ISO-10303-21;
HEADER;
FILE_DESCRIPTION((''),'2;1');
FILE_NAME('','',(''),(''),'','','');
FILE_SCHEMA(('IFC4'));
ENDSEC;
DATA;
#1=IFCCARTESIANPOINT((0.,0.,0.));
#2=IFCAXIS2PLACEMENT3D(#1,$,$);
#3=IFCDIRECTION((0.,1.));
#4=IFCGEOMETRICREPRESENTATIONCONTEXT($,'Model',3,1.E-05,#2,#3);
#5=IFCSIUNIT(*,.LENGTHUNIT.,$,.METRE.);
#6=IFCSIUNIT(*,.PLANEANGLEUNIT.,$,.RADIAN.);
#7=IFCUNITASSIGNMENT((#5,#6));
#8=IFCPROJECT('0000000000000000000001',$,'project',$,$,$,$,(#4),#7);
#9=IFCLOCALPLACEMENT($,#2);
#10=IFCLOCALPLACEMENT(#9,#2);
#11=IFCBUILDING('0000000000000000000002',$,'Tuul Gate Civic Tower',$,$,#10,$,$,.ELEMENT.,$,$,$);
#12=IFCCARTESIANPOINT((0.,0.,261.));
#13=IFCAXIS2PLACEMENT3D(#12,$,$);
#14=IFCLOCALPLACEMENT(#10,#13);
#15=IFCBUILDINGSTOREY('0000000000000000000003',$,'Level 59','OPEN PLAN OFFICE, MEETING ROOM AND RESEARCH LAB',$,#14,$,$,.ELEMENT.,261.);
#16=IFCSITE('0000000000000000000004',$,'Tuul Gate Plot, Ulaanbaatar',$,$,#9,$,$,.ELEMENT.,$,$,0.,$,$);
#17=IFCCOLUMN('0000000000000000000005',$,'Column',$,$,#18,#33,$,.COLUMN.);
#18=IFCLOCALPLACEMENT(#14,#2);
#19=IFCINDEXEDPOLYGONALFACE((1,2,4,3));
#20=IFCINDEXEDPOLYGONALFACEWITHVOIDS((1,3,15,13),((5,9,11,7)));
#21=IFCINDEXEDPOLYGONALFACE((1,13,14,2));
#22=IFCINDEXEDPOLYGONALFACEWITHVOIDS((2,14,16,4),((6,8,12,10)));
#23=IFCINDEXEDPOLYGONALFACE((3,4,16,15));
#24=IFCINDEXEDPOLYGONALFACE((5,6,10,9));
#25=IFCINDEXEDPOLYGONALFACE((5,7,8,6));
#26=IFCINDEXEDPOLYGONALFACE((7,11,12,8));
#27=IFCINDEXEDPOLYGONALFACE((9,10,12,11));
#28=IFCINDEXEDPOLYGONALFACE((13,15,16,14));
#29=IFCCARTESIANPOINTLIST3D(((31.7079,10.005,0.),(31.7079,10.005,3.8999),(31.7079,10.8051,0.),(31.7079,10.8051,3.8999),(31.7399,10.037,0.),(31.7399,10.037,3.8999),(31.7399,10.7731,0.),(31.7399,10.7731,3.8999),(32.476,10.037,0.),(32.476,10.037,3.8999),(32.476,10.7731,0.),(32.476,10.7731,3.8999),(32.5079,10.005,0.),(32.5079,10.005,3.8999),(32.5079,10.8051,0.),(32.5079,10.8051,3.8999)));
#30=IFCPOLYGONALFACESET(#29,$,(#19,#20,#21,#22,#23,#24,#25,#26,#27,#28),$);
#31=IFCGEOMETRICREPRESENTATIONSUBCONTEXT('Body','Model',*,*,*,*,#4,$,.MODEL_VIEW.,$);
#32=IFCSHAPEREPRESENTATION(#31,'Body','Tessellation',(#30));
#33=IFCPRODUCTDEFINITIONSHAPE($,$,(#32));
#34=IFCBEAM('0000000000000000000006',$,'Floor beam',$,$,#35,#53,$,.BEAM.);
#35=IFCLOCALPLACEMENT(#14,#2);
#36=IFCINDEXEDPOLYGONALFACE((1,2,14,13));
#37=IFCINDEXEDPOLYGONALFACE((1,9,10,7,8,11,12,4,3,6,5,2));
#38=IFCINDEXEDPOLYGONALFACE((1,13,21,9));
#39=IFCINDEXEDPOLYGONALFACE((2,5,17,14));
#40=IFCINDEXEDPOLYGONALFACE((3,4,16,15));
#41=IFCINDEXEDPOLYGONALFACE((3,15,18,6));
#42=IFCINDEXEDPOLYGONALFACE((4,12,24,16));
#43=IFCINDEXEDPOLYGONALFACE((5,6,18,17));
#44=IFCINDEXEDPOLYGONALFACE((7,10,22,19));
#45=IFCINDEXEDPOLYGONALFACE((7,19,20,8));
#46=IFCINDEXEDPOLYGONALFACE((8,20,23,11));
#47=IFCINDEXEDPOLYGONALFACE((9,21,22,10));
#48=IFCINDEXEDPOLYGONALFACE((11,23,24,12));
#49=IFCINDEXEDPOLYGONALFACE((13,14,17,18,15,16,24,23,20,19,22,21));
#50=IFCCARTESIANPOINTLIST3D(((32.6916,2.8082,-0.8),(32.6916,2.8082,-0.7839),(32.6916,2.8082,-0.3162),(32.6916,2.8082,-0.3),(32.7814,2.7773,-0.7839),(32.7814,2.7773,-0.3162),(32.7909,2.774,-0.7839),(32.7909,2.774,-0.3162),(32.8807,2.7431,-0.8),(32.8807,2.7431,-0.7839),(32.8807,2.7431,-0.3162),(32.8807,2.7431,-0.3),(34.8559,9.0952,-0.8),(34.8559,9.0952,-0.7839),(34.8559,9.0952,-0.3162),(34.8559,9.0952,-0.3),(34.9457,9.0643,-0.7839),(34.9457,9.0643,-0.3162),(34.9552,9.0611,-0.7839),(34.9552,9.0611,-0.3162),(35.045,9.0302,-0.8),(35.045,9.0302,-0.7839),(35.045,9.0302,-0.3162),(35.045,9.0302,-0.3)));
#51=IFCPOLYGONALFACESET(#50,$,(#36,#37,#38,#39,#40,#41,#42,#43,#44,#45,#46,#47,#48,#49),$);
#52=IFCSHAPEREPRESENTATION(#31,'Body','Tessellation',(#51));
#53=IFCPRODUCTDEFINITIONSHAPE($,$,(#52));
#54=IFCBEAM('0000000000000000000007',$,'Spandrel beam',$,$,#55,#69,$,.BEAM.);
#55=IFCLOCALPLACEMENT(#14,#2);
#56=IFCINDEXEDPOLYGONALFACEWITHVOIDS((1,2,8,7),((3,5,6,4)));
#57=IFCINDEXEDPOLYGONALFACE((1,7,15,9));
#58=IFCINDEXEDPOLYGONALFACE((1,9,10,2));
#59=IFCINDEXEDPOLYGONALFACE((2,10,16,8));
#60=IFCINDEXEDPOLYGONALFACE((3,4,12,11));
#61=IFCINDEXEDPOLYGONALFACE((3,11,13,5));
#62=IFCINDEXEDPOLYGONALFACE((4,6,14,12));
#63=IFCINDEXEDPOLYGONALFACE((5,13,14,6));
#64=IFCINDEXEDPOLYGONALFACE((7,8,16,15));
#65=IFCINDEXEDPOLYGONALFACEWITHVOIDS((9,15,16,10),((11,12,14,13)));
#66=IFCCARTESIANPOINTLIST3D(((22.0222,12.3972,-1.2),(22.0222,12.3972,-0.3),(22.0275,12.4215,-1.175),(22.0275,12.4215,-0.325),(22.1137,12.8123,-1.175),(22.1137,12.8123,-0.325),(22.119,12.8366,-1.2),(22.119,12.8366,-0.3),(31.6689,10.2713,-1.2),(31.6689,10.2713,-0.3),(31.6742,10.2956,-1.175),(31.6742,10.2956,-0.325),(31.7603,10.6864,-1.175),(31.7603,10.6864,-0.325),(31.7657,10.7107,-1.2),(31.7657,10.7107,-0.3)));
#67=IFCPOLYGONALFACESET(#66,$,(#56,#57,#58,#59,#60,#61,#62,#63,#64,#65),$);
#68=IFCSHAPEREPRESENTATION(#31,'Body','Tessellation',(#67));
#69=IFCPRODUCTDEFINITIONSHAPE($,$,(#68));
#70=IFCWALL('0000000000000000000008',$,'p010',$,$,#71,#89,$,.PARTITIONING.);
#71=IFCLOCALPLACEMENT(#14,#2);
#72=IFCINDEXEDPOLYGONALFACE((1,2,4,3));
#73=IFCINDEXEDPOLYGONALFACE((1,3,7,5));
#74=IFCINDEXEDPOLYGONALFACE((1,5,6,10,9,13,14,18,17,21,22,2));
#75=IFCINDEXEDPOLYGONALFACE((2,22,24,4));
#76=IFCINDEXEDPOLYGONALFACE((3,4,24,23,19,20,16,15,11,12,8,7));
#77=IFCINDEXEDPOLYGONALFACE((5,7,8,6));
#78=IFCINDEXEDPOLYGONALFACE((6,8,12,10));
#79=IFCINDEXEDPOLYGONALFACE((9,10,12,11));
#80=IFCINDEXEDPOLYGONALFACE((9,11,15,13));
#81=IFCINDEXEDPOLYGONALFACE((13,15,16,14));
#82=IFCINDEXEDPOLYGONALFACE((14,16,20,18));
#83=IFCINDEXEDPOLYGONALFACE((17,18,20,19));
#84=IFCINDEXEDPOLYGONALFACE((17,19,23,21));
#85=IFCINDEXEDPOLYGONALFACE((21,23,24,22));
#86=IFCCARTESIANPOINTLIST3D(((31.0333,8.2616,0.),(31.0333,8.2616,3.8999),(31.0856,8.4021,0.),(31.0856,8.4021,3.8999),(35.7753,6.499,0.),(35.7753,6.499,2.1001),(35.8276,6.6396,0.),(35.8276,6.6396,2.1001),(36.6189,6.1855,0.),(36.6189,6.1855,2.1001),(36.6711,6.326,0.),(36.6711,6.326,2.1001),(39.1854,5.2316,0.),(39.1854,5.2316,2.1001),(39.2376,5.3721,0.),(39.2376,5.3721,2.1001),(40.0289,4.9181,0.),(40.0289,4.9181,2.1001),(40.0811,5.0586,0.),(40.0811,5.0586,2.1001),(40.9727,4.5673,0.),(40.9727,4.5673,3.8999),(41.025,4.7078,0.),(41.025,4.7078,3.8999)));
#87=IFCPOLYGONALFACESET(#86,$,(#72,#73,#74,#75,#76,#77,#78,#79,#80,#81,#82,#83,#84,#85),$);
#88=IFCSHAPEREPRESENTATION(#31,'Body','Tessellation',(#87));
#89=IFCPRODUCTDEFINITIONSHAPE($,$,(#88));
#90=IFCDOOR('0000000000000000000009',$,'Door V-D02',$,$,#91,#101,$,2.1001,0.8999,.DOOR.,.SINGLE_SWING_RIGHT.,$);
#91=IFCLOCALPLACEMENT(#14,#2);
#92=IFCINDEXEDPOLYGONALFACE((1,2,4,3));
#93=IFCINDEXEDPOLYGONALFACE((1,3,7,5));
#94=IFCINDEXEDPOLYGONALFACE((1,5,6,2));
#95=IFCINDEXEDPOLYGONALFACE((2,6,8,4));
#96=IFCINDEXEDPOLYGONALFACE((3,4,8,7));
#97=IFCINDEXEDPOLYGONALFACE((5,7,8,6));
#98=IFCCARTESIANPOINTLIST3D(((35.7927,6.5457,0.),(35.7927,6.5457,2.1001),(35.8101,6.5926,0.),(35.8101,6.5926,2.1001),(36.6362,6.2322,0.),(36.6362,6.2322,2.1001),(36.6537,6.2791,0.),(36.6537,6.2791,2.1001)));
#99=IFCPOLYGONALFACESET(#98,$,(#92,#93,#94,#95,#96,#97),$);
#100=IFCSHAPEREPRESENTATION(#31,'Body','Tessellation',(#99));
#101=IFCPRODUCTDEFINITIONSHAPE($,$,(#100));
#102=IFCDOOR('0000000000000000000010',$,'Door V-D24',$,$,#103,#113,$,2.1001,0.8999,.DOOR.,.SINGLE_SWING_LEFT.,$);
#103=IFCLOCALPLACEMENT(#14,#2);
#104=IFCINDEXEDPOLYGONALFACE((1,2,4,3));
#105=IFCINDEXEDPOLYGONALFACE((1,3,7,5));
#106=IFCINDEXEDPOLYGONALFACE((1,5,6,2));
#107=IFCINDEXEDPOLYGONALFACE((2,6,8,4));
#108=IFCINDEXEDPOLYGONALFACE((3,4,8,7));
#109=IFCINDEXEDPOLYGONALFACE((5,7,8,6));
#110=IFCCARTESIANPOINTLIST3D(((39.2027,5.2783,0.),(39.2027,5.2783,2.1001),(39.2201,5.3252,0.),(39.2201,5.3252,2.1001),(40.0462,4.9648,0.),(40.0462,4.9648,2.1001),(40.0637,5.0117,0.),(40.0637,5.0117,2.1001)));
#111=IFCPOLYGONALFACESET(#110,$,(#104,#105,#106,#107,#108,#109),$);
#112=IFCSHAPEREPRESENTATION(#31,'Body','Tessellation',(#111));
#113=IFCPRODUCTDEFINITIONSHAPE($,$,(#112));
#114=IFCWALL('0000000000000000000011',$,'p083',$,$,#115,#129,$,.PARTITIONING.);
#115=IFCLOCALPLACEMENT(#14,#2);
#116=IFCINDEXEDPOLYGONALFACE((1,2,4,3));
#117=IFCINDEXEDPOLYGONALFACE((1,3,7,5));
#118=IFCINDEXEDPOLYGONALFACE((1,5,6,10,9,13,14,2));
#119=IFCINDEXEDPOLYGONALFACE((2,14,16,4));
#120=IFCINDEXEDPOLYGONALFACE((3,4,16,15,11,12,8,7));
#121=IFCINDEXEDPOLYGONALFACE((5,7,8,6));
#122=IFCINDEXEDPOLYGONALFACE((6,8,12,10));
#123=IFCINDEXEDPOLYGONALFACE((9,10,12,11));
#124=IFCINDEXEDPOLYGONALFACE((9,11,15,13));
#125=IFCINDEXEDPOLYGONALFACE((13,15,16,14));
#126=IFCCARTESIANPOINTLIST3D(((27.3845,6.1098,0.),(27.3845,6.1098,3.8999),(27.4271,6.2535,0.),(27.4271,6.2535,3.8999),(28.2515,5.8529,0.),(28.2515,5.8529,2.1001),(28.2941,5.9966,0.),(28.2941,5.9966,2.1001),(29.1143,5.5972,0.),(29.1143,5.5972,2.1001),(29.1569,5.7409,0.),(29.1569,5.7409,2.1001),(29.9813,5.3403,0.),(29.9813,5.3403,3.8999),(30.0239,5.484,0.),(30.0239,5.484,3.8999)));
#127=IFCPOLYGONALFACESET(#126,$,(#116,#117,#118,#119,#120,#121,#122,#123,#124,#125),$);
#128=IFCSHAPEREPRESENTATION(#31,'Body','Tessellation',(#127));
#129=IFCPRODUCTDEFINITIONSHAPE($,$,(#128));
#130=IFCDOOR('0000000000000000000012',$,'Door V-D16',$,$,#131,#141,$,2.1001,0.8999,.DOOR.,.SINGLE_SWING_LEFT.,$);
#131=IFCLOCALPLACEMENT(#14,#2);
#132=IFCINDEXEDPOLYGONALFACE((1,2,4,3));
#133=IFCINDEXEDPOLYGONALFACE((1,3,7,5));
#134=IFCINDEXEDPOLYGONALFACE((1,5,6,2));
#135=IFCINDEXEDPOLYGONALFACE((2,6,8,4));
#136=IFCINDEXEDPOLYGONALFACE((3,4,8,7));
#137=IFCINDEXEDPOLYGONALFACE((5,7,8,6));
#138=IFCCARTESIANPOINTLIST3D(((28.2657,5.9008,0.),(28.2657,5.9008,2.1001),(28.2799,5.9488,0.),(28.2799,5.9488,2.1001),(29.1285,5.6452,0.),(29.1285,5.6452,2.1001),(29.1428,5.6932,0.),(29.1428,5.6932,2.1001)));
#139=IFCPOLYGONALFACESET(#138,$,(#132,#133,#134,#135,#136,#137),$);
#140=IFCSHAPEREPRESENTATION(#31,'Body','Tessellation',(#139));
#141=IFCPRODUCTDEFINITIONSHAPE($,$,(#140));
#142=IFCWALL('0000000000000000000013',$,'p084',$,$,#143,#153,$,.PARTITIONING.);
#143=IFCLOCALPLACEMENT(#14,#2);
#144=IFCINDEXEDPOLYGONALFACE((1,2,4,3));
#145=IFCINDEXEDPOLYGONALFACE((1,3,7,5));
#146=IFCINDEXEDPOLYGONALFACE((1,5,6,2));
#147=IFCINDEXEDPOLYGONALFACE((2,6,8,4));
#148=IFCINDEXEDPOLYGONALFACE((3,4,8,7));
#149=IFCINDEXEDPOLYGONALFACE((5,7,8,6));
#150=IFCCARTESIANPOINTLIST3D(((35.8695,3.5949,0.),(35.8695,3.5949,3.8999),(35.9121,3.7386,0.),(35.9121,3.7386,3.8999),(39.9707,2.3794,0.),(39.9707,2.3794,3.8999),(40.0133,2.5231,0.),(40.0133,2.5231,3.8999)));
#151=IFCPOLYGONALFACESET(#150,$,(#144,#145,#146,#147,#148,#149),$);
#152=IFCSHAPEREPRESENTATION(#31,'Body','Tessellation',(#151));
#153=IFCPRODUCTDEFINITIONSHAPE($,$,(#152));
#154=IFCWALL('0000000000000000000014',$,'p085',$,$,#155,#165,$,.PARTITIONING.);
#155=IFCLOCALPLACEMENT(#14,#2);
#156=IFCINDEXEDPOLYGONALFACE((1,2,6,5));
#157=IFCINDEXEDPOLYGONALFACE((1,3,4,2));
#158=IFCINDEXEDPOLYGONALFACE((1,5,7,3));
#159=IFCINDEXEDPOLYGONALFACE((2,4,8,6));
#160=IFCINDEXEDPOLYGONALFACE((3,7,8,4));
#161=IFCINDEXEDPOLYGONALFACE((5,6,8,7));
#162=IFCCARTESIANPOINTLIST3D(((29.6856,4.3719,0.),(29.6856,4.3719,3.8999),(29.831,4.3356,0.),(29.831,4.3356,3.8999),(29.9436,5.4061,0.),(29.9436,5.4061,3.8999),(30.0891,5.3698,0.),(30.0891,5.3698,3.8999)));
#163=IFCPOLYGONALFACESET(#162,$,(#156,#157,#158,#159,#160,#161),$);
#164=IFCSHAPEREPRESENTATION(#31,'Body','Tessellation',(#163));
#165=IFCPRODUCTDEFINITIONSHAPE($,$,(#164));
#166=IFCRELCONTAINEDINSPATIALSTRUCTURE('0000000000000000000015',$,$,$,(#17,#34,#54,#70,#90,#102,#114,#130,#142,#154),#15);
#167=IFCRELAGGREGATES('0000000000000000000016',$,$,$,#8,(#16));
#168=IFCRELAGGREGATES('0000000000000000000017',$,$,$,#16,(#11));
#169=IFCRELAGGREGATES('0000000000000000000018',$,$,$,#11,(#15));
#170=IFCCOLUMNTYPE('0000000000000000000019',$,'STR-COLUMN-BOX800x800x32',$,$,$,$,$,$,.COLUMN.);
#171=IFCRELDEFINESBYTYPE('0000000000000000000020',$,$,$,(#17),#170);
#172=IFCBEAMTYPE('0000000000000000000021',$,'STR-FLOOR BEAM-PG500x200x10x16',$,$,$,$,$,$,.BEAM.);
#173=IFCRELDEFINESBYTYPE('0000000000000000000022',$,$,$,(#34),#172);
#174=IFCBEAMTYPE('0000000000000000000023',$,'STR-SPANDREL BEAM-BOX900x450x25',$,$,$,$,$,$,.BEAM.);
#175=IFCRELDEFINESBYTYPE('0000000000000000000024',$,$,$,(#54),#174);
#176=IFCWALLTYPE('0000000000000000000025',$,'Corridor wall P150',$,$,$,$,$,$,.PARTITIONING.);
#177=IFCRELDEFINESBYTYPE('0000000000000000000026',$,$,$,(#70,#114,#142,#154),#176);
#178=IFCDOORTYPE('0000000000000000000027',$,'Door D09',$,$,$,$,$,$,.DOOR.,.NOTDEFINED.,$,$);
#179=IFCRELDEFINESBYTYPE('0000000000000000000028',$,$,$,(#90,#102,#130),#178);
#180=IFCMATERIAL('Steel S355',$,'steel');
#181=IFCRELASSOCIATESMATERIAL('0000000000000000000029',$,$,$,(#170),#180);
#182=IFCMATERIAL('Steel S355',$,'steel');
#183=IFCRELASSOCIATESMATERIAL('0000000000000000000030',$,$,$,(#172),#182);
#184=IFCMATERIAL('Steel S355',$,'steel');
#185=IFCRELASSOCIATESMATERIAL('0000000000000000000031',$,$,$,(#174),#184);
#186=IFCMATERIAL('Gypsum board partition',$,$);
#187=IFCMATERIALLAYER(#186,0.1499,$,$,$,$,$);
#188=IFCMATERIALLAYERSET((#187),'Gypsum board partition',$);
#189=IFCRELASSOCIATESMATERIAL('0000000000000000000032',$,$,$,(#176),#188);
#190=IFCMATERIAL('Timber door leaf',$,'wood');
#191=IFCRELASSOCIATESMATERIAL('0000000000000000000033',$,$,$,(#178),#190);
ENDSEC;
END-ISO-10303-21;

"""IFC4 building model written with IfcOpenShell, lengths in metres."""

from ifc_helpers import new_model, si_unit, direction, frame, frame_2d, origin, origin_2d, place, context, subcontext, project, spatial, rectangle, hollow_rectangle, i_section, extrude, material, layer, layer_set, material_profile, profile_set, type_object, element, fill, save


model = new_model("IFC4")

# Units and contexts
model_context = context("Model", 3, precision=1e-05, world=origin(), true_north=direction((0.0, 1.0)))
body_context = subcontext(model_context, "Body", "Model", "MODEL_VIEW")
ifc_project = project(units=[si_unit("LENGTHUNIT", "METRE"), si_unit("PLANEANGLEUNIT", "RADIAN")], contexts=[model_context])

# Site, building, storey
site_placement = place(None, origin())
site = spatial("IfcSite", under=ifc_project, at=site_placement, Name="Tuul Gate Plot, Ulaanbaatar", CompositionType="ELEMENT", RefElevation=0.0)
building_placement = place(site_placement, origin())
building = spatial("IfcBuilding", under=site, at=building_placement, Name="Tuul Gate Civic Tower", CompositionType="ELEMENT")
storey_placement = place(building_placement, frame((0.0, 0.0, 261.0)))
storey = spatial("IfcBuildingStorey", under=building, at=storey_placement, Name="Level 59", Description="OPEN PLAN OFFICE, MEETING ROOM AND RESEARCH LAB", CompositionType="ELEMENT", Elevation=261.0)

# Column
ifc_material_1 = material(Name="Steel S355", Category="steel")
ifc_material_profile_1 = material_profile(ifc_material_1, hollow_rectangle(XDim=0.8, YDim=0.8, WallThickness=0.032, at=origin_2d()), Name="BOX800x800x32")
ifc_profile_set_1 = profile_set([ifc_material_profile_1], Name="Steel S355")
column_type = type_object("IfcColumnType", Name="STR-COLUMN-BOX800x800x32", PredefinedType="COLUMN", material=ifc_profile_set_1)
column_placement = place(storey_placement, frame((32.1079, 10.405, 0.0), z_axis=(0.0, 0.0, 1.0), x_axis=(1.0, 0.0, 0.0)))
element("IfcColumn", 1, at=column_placement, inside=storey, type_object=column_type, Name="Column", PredefinedType="COLUMN", context=body_context, shape_type="SweptSolid", body=[
    extrude(hollow_rectangle(XDim=0.8, YDim=0.8, WallThickness=0.032, at=origin_2d()), origin(), (0.0, 0.0, 1.0), 3.8999),
])

# Beams
ifc_material_2 = material(Name="Steel S355", Category="steel")
ifc_material_profile_2 = material_profile(ifc_material_2, i_section(OverallWidth=0.2, OverallDepth=0.5, WebThickness=0.01, FlangeThickness=0.0161, at=origin_2d()), Name="PG500x200x10x16")
ifc_profile_set_2 = profile_set([ifc_material_profile_2], Name="Steel S355")
beam_type_1 = type_object("IfcBeamType", Name="STR-FLOOR BEAM-PG500x200x10x16", PredefinedType="BEAM", material=ifc_profile_set_2)
beam_1_placement = place(storey_placement, frame((32.7861, 2.7756, -0.55), z_axis=(0.325498, 0.945543, 0.0), x_axis=(-0.945543, 0.325498, 0.0)))
element("IfcBeam", 2, at=beam_1_placement, inside=storey, type_object=beam_type_1, Name="Floor beam", PredefinedType="BEAM", context=body_context, shape_type="SweptSolid", body=[
    extrude(i_section(OverallWidth=0.2, OverallDepth=0.5, WebThickness=0.01, FlangeThickness=0.0161, at=origin_2d()), origin(), (0.0, 0.0, 1.0), 6.6492),
])
ifc_material_3 = material(Name="Steel S355", Category="steel")
ifc_material_profile_3 = material_profile(ifc_material_3, hollow_rectangle(XDim=0.45, YDim=0.8999, WallThickness=0.0249, at=origin_2d()), Name="BOX900x450x25")
ifc_profile_set_3 = profile_set([ifc_material_profile_3], Name="Steel S355")
beam_type_2 = type_object("IfcBeamType", Name="STR-SPANDREL BEAM-BOX900x450x25", PredefinedType="BEAM", material=ifc_profile_set_3)
beam_2_placement = place(storey_placement, frame((31.7173, 10.491, -0.75), z_axis=(-0.976566, 0.215219, 0.0), x_axis=(-0.215219, -0.976566, 0.0)))
element("IfcBeam", 3, at=beam_2_placement, inside=storey, type_object=beam_type_2, Name="Spandrel beam", PredefinedType="BEAM", context=body_context, shape_type="SweptSolid", body=[
    extrude(hollow_rectangle(XDim=0.45, YDim=0.8999, WallThickness=0.0249, at=origin_2d()), origin(), (0.0, 0.0, 1.0), 9.8782),
])

# Wall, openings, doors
ifc_material_4 = material(Name="Gypsum board partition")
ifc_layer_1 = layer(ifc_material_4, 0.1499)
ifc_layer_set_1 = layer_set([ifc_layer_1], Name="Gypsum board partition")
wall_type_1 = type_object("IfcWallType", Name="Corridor wall P150", PredefinedType="PARTITIONING", material=ifc_layer_set_1)
wall_1_placement = place(storey_placement, frame((31.0596, 8.3318, 0.0), z_axis=(0.0, 0.0, 1.0), x_axis=(0.937347, -0.348397, 0.0)))
wall_1 = element("IfcWall", 4, at=wall_1_placement, inside=storey, type_object=wall_type_1, Name="p010", PredefinedType="PARTITIONING", context=body_context, shape_type="SweptSolid", body=[
    extrude(rectangle(XDim=10.6038, YDim=0.1499, at=frame_2d((5.3018, 0.0))), origin(), (0.0, 0.0, 1.0), 3.8999),
])
opening_1_placement = place(wall_1_placement, frame((5.0588, 0.0, 0.0)))
opening_1 = element("IfcOpeningElement", 5, at=opening_1_placement, cuts=wall_1, PredefinedType="OPENING", context=body_context, shape_type="SweptSolid", body=[
    extrude(rectangle(XDim=0.8999, YDim=2.1001, at=frame_2d((0.45, 1.05))), frame((0.0, 0.085, 0.0), z_axis=(0.0, -1.0, 0.0), x_axis=(1.0, 0.0, 0.0)), (0.0, 0.0, 1.0), 0.1699),
])
opening_2_placement = place(wall_1_placement, frame((8.6968, 0.0, 0.0)))
opening_2 = element("IfcOpeningElement", 6, at=opening_2_placement, cuts=wall_1, PredefinedType="OPENING", context=body_context, shape_type="SweptSolid", body=[
    extrude(rectangle(XDim=0.8999, YDim=2.1001, at=frame_2d((0.45, 1.05))), frame((0.0, 0.085, 0.0), z_axis=(0.0, -1.0, 0.0), x_axis=(1.0, 0.0, 0.0)), (0.0, 0.0, 1.0), 0.1699),
])
ifc_material_5 = material(Name="Timber door leaf", Category="wood")
door_type = type_object("IfcDoorType", Name="Door D09", OperationType="NOTDEFINED", PredefinedType="DOOR", material=ifc_material_5)
door_1_placement = place(opening_1_placement, origin())
door_1 = element("IfcDoor", 7, at=door_1_placement, inside=storey, type_object=door_type, Name="Door V-D02", OperationType="SINGLE_SWING_RIGHT", OverallHeight=2.1001, OverallWidth=0.8999, PredefinedType="DOOR", context=body_context, shape_type="SweptSolid", body=[
    extrude(rectangle(XDim=0.8999, YDim=2.1001, at=frame_2d((0.45, 1.05))), frame((0.0, 0.0249, 0.0), z_axis=(0.0, -1.0, 0.0), x_axis=(1.0, 0.0, 0.0)), (0.0, 0.0, 1.0), 0.05),
])
fill(opening_1, door_1)
door_2_placement = place(opening_2_placement, origin())
door_2 = element("IfcDoor", 8, at=door_2_placement, inside=storey, type_object=door_type, Name="Door V-D24", OperationType="SINGLE_SWING_LEFT", OverallHeight=2.1001, OverallWidth=0.8999, PredefinedType="DOOR", context=body_context, shape_type="SweptSolid", body=[
    extrude(rectangle(XDim=0.8999, YDim=2.1001, at=frame_2d((0.45, 1.05))), frame((0.0, 0.0249, 0.0), z_axis=(0.0, -1.0, 0.0), x_axis=(1.0, 0.0, 0.0)), (0.0, 0.0, 1.0), 0.05),
])
fill(opening_2, door_2)

# Wall, opening, door
wall_2_placement = place(storey_placement, frame((27.4058, 6.1816, 0.0), z_axis=(0.0, 0.0, 1.0), x_axis=(0.958791, -0.284113, 0.0)))
wall_2 = element("IfcWall", 9, at=wall_2_placement, inside=storey, type_object=wall_type_1, Name="p083", PredefinedType="PARTITIONING", context=body_context, shape_type="SweptSolid", body=[
    extrude(rectangle(XDim=2.7085, YDim=0.1499, at=frame_2d((1.3542, 0.0))), origin(), (0.0, 0.0, 1.0), 3.8999),
])
opening_3_placement = place(wall_2_placement, frame((0.9043, 0.0, 0.0)))
opening_3 = element("IfcOpeningElement", 10, at=opening_3_placement, cuts=wall_2, PredefinedType="OPENING", context=body_context, shape_type="SweptSolid", body=[
    extrude(rectangle(XDim=0.8999, YDim=2.1001, at=frame_2d((0.45, 1.05))), frame((0.0, 0.085, 0.0), z_axis=(0.0, -1.0, 0.0), x_axis=(1.0, 0.0, 0.0)), (0.0, 0.0, 1.0), 0.1699),
])
door_3_placement = place(opening_3_placement, frame((0.8999, 0.0, 0.0), z_axis=(0.0, 0.0, 1.0), x_axis=(-1.0, 0.0, 0.0)))
door_3 = element("IfcDoor", 11, at=door_3_placement, inside=storey, type_object=door_type, Name="Door V-D16", OperationType="SINGLE_SWING_LEFT", OverallHeight=2.1001, OverallWidth=0.8999, PredefinedType="DOOR", context=body_context, shape_type="SweptSolid", body=[
    extrude(rectangle(XDim=0.8999, YDim=2.1001, at=frame_2d((0.45, 1.05))), frame((0.0, 0.0249, 0.0), z_axis=(0.0, -1.0, 0.0), x_axis=(1.0, 0.0, 0.0)), (0.0, 0.0, 1.0), 0.05),
])
fill(opening_3, door_3)

# Walls
wall_3_placement = place(storey_placement, frame((35.8909, 3.6667, 0.0), z_axis=(0.0, 0.0, 1.0), x_axis=(0.958775, -0.284168, 0.0)))
element("IfcWall", 12, at=wall_3_placement, inside=storey, type_object=wall_type_1, Name="p084", PredefinedType="PARTITIONING", context=body_context, shape_type="SweptSolid", body=[
    extrude(rectangle(XDim=4.2776, YDim=0.1499, at=frame_2d((2.1387, 0.0))), origin(), (0.0, 0.0, 1.0), 3.8999),
])
wall_4_placement = place(storey_placement, frame((29.7583, 4.3538, 0.0), z_axis=(0.0, 0.0, 1.0), x_axis=(0.242104, 0.97025, 0.0)))
element("IfcWall", 13, at=wall_4_placement, inside=storey, type_object=wall_type_1, Name="p085", PredefinedType="PARTITIONING", context=body_context, shape_type="SweptSolid", body=[
    extrude(rectangle(XDim=1.0659, YDim=0.1499, at=frame_2d((0.533, 0.0))), origin(), (0.0, 0.0, 1.0), 3.8999),
])

save(model, "model.ifc")
